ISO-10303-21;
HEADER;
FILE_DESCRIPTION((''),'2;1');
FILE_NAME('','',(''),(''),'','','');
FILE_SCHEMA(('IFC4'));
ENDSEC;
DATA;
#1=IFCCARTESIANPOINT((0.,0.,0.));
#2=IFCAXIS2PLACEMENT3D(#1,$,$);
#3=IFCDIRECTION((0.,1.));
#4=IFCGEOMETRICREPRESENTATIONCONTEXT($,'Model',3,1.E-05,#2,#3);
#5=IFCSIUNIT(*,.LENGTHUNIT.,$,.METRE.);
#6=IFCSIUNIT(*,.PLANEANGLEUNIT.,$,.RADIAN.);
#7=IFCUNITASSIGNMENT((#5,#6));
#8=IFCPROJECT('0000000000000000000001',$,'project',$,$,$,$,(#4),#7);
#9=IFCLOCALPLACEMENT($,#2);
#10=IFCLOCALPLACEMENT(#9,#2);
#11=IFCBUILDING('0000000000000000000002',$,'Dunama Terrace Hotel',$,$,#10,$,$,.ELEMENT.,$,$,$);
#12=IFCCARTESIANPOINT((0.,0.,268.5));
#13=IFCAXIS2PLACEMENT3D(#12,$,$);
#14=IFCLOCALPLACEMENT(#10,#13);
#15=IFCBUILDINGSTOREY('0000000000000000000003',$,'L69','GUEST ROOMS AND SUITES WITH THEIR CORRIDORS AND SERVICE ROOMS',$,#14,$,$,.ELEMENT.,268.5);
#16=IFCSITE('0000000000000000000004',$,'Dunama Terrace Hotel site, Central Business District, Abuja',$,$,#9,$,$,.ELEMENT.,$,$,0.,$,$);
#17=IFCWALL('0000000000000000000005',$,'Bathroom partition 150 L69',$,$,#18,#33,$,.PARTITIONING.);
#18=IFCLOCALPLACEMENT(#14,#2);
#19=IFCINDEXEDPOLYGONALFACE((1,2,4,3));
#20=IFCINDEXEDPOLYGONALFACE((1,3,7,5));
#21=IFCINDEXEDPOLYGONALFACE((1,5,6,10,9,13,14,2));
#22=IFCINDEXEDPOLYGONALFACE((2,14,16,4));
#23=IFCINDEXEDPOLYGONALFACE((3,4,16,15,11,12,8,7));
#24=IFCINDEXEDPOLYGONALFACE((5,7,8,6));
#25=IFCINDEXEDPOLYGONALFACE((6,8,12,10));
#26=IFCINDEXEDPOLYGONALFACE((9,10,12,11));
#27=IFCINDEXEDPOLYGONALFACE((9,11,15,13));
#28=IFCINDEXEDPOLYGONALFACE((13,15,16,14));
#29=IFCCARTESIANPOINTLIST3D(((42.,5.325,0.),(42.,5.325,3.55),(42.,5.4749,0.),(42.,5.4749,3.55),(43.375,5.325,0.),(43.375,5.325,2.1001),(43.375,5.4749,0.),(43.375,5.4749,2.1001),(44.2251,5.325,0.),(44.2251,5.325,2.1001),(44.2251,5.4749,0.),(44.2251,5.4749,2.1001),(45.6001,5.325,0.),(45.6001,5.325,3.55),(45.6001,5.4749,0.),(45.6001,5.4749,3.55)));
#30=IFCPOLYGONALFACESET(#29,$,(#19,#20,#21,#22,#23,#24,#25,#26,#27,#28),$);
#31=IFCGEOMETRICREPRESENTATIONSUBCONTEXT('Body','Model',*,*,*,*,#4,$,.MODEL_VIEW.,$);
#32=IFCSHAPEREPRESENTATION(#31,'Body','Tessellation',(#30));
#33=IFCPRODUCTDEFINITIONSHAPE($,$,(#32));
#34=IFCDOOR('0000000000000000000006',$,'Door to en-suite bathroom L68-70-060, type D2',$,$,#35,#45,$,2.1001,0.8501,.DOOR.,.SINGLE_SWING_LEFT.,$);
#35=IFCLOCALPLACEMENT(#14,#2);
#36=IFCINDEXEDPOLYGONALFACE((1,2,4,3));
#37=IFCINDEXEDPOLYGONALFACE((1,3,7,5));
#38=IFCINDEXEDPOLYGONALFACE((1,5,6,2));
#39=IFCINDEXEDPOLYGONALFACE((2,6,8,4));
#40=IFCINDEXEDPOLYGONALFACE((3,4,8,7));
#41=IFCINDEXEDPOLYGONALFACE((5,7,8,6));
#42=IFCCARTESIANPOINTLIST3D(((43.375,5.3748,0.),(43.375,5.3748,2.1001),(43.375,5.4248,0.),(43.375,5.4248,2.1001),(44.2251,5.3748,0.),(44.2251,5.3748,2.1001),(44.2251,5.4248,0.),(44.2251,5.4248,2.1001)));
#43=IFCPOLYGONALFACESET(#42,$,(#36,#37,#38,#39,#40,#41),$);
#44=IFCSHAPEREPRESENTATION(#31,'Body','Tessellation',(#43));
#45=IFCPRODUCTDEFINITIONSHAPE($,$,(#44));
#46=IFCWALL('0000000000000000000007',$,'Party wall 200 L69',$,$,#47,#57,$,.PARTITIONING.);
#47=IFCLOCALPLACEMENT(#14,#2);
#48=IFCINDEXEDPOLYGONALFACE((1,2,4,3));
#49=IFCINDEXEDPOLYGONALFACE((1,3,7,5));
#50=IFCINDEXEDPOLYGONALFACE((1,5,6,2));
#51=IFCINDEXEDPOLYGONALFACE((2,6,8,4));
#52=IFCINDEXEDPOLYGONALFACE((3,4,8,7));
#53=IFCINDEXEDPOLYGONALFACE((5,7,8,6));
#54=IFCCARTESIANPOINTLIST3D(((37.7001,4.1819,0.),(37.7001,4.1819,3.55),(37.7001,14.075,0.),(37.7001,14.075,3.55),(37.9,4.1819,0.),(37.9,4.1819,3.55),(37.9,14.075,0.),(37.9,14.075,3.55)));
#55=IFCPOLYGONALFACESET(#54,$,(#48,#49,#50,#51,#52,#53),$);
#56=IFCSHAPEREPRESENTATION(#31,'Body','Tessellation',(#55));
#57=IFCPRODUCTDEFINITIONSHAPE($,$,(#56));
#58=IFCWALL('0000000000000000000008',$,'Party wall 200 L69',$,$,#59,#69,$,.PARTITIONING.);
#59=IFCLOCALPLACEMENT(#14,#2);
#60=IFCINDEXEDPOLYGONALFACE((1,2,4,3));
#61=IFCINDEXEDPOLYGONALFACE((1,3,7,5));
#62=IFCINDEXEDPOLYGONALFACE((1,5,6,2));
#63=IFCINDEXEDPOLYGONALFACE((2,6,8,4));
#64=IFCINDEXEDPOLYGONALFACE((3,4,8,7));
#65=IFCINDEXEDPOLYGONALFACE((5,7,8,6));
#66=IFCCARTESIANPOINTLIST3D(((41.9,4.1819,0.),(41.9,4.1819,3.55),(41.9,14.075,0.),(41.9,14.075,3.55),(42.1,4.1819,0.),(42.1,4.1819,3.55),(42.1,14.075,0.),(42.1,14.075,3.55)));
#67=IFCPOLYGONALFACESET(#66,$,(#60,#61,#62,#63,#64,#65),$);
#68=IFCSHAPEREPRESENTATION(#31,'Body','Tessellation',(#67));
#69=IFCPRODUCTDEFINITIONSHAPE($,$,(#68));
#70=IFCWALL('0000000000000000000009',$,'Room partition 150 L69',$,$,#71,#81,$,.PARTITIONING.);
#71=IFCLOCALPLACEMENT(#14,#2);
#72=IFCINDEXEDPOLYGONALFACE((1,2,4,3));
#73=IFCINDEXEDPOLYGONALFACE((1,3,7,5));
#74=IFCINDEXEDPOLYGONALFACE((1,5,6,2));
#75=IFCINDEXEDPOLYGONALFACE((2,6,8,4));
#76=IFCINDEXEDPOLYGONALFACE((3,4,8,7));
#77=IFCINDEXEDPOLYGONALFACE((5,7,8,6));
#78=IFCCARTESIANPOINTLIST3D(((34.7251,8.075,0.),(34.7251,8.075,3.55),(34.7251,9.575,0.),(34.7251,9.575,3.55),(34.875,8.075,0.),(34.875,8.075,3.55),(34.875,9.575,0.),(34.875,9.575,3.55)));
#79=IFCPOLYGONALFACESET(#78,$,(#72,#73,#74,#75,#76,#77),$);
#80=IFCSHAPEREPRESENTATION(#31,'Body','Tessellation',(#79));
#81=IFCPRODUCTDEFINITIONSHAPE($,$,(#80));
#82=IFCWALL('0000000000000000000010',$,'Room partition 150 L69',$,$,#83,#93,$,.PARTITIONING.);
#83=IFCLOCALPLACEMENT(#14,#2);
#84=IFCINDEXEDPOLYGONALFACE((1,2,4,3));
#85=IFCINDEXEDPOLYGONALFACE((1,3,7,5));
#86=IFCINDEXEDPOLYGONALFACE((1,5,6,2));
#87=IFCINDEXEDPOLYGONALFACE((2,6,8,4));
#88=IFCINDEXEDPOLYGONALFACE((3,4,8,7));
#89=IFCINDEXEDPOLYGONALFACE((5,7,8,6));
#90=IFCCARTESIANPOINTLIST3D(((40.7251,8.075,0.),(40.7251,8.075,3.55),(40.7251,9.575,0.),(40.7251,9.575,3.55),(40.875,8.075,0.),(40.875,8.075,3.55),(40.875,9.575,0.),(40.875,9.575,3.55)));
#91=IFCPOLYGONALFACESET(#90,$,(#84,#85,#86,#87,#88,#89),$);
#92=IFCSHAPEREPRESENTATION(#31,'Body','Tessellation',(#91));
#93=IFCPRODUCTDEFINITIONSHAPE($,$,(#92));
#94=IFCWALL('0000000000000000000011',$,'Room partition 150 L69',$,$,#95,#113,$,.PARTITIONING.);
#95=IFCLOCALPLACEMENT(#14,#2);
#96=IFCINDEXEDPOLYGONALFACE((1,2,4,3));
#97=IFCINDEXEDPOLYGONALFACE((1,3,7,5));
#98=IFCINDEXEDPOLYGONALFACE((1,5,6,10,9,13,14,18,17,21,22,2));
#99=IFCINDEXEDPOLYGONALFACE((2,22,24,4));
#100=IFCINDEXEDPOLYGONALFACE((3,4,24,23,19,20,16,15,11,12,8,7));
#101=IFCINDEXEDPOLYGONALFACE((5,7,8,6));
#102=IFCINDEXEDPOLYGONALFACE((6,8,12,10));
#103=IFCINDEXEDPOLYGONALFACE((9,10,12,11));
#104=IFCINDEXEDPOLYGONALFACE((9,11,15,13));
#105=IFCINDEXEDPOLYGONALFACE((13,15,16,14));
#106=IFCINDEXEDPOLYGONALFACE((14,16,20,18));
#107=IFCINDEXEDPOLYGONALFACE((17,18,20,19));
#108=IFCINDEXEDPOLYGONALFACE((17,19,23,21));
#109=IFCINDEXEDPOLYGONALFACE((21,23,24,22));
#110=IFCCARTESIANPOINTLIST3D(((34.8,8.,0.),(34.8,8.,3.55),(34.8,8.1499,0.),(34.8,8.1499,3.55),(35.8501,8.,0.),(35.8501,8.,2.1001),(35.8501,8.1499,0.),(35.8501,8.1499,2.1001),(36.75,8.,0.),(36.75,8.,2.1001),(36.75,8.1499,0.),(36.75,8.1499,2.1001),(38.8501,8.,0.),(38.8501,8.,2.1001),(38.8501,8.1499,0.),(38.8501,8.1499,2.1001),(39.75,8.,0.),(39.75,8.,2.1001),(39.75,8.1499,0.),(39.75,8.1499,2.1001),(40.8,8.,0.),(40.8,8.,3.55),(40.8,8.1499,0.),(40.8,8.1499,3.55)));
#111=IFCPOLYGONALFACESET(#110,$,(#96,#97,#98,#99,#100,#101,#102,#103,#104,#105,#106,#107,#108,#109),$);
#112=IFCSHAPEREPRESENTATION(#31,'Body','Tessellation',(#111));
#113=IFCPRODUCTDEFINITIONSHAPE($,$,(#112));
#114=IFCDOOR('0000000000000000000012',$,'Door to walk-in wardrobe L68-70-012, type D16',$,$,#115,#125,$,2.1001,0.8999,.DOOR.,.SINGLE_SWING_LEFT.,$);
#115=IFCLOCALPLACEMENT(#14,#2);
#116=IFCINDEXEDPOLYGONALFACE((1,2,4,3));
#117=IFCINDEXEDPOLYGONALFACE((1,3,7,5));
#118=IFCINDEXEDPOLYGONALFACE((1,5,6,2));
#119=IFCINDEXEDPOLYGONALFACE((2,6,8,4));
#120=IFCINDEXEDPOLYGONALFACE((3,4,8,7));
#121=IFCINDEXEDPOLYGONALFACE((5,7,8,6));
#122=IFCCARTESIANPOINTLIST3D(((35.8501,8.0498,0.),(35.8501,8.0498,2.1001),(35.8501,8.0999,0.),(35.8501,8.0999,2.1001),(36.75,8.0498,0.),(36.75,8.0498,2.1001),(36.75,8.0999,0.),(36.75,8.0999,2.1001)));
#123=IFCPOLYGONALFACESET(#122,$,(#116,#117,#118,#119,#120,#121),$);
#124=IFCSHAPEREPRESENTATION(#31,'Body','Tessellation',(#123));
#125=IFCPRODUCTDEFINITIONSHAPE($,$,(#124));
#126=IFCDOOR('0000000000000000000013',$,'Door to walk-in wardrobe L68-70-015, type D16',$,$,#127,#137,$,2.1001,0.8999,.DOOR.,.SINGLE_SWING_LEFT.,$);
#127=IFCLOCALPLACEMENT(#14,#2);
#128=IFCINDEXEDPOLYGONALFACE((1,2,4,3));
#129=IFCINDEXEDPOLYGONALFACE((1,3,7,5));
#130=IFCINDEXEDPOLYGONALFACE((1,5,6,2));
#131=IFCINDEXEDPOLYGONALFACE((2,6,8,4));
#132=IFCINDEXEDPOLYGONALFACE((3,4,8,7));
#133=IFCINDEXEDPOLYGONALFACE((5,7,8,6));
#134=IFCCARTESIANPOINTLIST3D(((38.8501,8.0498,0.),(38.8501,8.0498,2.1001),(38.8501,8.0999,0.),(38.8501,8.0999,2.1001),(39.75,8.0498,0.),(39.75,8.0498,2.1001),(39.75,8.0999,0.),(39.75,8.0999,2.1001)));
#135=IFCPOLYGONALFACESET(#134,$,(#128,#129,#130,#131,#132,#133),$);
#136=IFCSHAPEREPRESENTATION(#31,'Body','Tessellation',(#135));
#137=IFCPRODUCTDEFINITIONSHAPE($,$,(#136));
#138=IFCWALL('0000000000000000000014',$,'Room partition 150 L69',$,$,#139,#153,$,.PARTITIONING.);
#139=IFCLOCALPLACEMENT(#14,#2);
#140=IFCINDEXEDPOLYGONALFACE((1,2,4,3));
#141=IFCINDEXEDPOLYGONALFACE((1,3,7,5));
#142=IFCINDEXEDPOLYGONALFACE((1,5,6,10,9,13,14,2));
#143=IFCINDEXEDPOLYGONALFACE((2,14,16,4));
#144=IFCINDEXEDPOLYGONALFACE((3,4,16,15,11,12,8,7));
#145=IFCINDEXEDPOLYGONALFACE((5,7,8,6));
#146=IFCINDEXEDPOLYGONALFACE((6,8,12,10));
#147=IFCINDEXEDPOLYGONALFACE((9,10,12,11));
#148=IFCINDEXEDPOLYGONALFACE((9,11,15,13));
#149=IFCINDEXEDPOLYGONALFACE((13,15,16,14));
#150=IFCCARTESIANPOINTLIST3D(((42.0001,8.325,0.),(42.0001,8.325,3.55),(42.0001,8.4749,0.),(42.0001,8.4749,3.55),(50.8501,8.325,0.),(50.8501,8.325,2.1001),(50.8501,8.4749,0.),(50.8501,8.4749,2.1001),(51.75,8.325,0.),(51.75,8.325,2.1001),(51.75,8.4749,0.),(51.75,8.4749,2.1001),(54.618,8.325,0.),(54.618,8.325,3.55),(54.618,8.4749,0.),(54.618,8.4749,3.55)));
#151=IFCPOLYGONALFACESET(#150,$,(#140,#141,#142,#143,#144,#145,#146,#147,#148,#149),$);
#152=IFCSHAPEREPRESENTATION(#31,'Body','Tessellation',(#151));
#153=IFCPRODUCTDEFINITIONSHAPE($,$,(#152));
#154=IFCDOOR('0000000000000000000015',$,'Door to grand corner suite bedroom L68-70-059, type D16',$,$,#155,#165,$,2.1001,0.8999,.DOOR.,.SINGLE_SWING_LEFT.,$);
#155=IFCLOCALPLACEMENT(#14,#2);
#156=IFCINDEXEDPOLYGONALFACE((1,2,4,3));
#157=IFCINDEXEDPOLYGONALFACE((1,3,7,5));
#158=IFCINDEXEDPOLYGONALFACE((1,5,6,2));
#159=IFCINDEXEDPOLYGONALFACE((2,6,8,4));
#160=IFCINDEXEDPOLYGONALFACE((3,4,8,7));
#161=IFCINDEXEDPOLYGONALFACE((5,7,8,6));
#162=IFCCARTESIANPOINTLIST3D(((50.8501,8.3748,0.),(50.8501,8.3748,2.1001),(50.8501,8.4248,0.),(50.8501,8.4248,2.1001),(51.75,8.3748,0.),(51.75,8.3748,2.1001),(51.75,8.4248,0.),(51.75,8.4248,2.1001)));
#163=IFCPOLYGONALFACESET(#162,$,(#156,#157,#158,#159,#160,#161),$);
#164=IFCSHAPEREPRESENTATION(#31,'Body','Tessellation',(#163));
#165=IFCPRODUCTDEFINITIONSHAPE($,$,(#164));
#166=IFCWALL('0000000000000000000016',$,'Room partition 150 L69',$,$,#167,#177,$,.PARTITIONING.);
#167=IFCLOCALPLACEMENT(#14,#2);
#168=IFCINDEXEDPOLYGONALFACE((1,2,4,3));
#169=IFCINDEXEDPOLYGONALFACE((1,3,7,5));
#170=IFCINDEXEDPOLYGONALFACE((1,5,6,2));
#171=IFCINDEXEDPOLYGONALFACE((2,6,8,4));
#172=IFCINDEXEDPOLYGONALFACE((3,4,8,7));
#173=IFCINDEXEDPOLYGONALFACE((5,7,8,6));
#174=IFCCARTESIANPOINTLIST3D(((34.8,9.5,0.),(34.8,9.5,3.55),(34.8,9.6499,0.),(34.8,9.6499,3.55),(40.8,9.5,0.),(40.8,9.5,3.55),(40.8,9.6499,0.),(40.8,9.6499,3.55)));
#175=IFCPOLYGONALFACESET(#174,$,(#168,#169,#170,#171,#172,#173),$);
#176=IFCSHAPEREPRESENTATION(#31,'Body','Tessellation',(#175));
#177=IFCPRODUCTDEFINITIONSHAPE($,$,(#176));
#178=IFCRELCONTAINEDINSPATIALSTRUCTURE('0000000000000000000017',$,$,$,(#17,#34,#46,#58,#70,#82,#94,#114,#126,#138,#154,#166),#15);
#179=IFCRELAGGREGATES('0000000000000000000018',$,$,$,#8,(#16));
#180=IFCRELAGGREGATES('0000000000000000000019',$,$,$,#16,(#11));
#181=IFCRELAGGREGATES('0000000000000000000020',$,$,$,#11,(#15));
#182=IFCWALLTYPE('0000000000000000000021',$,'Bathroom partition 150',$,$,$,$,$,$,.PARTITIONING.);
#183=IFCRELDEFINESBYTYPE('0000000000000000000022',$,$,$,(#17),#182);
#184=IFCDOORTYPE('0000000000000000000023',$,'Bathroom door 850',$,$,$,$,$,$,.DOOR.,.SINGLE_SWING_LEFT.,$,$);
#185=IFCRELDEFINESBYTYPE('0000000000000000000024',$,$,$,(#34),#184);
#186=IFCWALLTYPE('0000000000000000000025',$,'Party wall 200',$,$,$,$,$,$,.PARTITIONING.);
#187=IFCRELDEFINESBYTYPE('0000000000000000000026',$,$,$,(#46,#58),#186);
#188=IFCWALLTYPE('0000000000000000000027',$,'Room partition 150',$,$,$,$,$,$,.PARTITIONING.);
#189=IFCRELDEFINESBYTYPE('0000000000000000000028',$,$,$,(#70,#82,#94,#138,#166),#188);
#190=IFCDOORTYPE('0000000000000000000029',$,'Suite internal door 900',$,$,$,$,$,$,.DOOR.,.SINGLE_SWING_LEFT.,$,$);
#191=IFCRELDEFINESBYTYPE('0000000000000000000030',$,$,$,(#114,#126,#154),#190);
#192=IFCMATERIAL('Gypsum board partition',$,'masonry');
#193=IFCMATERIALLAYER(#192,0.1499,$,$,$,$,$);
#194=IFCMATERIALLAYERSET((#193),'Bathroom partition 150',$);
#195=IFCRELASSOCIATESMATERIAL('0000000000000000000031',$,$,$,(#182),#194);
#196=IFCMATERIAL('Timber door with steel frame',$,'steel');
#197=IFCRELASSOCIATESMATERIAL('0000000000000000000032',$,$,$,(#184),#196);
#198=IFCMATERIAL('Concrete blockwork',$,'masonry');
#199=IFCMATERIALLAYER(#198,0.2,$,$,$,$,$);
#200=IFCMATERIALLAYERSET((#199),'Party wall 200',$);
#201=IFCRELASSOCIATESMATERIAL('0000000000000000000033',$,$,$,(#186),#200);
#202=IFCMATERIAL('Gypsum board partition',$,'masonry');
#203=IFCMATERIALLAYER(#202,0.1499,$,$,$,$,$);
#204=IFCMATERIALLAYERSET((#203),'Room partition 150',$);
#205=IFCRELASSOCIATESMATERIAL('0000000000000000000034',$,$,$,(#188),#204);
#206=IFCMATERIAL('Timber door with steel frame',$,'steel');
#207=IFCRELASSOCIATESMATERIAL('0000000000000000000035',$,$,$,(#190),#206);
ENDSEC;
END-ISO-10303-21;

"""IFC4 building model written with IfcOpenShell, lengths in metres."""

from ifc_helpers import new_model, si_unit, direction, frame, frame_2d, origin, place, context, subcontext, project, spatial, rectangle, extrude, material, layer, layer_set, type_object, element, fill, save


model = new_model("IFC4")

# Units and contexts
model_context = context("Model", 3, precision=1e-05, world=origin(), true_north=direction((0.0, 1.0)))
body_context = subcontext(model_context, "Body", "Model", "MODEL_VIEW")
ifc_project = project(units=[si_unit("LENGTHUNIT", "METRE"), si_unit("PLANEANGLEUNIT", "RADIAN")], contexts=[model_context])

# Site, building, storey
site_placement = place(None, origin())
site = spatial("IfcSite", under=ifc_project, at=site_placement, Name="Dunama Terrace Hotel site, Central Business District, Abuja", CompositionType="ELEMENT", RefElevation=0.0)
building_placement = place(site_placement, origin())
building = spatial("IfcBuilding", under=site, at=building_placement, Name="Dunama Terrace Hotel", CompositionType="ELEMENT")
storey_placement = place(building_placement, frame((0.0, 0.0, 268.5)))
storey = spatial("IfcBuildingStorey", under=building, at=storey_placement, Name="L69", Description="GUEST ROOMS AND SUITES WITH THEIR CORRIDORS AND SERVICE ROOMS", CompositionType="ELEMENT", Elevation=268.5)

# Shared definitions
ifc_material_1 = material(Name="Gypsum board partition", Category="masonry")
ifc_layer_1 = layer(ifc_material_1, 0.1499)
ifc_layer_set_1 = layer_set([ifc_layer_1], Name="Bathroom partition 150")
wall_type_1 = type_object("IfcWallType", Name="Bathroom partition 150", PredefinedType="PARTITIONING", material=ifc_layer_set_1)

# Wall, opening, door
wall_1_placement = place(storey_placement, frame((42.0, 5.3999, 0.0), z_axis=(0.0, 0.0, 1.0), x_axis=(1.0, 0.0, 0.0)))
wall_1 = element("IfcWall", 1, at=wall_1_placement, inside=storey, type_object=wall_type_1, Name="Bathroom partition 150 L69", PredefinedType="PARTITIONING", context=body_context, shape_type="SweptSolid", body=[
    extrude(rectangle(XDim=3.6001, YDim=0.1499, at=frame_2d((1.8, 0.0))), origin(), (0.0, 0.0, 1.0), 3.55),
])
opening_1_placement = place(wall_1_placement, frame((1.375, 0.0, 0.0)))
opening_1 = element("IfcOpeningElement", 2, at=opening_1_placement, cuts=wall_1, PredefinedType="OPENING", context=body_context, shape_type="SweptSolid", body=[
    extrude(rectangle(XDim=0.8501, YDim=2.1001, at=frame_2d((0.425, 1.05))), frame((0.0, 0.085, 0.0), z_axis=(0.0, -1.0, 0.0), x_axis=(1.0, 0.0, 0.0)), (0.0, 0.0, 1.0), 0.1699),
])
ifc_material_2 = material(Name="Timber door with steel frame", Category="steel")
door_type_1 = type_object("IfcDoorType", Name="Bathroom door 850", OperationType="SINGLE_SWING_LEFT", PredefinedType="DOOR", material=ifc_material_2)
door_1_placement = place(opening_1_placement, origin())
door_1 = element("IfcDoor", 3, at=door_1_placement, inside=storey, type_object=door_type_1, Name="Door to en-suite bathroom L68-70-060, type D2", OperationType="SINGLE_SWING_LEFT", OverallHeight=2.1001, OverallWidth=0.8501, PredefinedType="DOOR", context=body_context, shape_type="SweptSolid", body=[
    extrude(rectangle(XDim=0.8501, YDim=2.1001, at=frame_2d((0.425, 1.05))), frame((0.0, 0.0249, 0.0), z_axis=(0.0, -1.0, 0.0), x_axis=(1.0, 0.0, 0.0)), (0.0, 0.0, 1.0), 0.05),
])
fill(opening_1, door_1)

# Walls
ifc_material_3 = material(Name="Concrete blockwork", Category="masonry")
ifc_layer_2 = layer(ifc_material_3, 0.2)
ifc_layer_set_2 = layer_set([ifc_layer_2], Name="Party wall 200")
wall_type_2 = type_object("IfcWallType", Name="Party wall 200", PredefinedType="PARTITIONING", material=ifc_layer_set_2)
for number, where, z_axis, x_axis, name in (
    (4, (37.8, 4.1819, 0.0), (0.0, 0.0, 1.0), (0.0, 1.0, 0.0), "Party wall 200 L69"),
    (5, (42.0, 4.1819, 0.0), (0.0, 0.0, 1.0), (0.0, 1.0, 0.0), "Party wall 200 L69"),
):
    element("IfcWall", number, at=place(storey_placement, frame(where, z_axis=z_axis, x_axis=x_axis)), inside=storey, type_object=wall_type_2, Name=name, PredefinedType="PARTITIONING", context=body_context, shape_type="SweptSolid", body=[
        extrude(rectangle(XDim=9.8931, YDim=0.2, at=frame_2d((4.9465, 0.0))), origin(), (0.0, 0.0, 1.0), 3.55),
    ])
ifc_material_4 = material(Name="Gypsum board partition", Category="masonry")
ifc_layer_3 = layer(ifc_material_4, 0.1499)
ifc_layer_set_3 = layer_set([ifc_layer_3], Name="Room partition 150")
wall_type_3 = type_object("IfcWallType", Name="Room partition 150", PredefinedType="PARTITIONING", material=ifc_layer_set_3)
for number, where, z_axis, x_axis, name in (
    (6, (34.8, 8.075, 0.0), (0.0, 0.0, 1.0), (0.0, 1.0, 0.0), "Room partition 150 L69"),
    (7, (40.8, 8.075, 0.0), (0.0, 0.0, 1.0), (0.0, 1.0, 0.0), "Room partition 150 L69"),
):
    element("IfcWall", number, at=place(storey_placement, frame(where, z_axis=z_axis, x_axis=x_axis)), inside=storey, type_object=wall_type_3, Name=name, PredefinedType="PARTITIONING", context=body_context, shape_type="SweptSolid", body=[
        extrude(rectangle(XDim=1.5, YDim=0.1499, at=frame_2d((0.75, 0.0))), origin(), (0.0, 0.0, 1.0), 3.55),
    ])

# Wall, openings, doors
wall_2_placement = place(storey_placement, frame((34.8, 8.075, 0.0), z_axis=(0.0, 0.0, 1.0), x_axis=(1.0, 0.0, 0.0)))
wall_2 = element("IfcWall", 8, at=wall_2_placement, inside=storey, type_object=wall_type_3, Name="Room partition 150 L69", PredefinedType="PARTITIONING", context=body_context, shape_type="SweptSolid", body=[
    extrude(rectangle(XDim=6.0, YDim=0.1499, at=frame_2d((3.0, 0.0))), origin(), (0.0, 0.0, 1.0), 3.55),
])
opening_2_placement = place(wall_2_placement, frame((1.05, 0.0, 0.0)))
opening_2 = element("IfcOpeningElement", 9, at=opening_2_placement, cuts=wall_2, PredefinedType="OPENING", context=body_context, shape_type="SweptSolid", body=[
    extrude(rectangle(XDim=0.8999, YDim=2.1001, at=frame_2d((0.45, 1.05))), frame((0.0, 0.085, 0.0), z_axis=(0.0, -1.0, 0.0), x_axis=(1.0, 0.0, 0.0)), (0.0, 0.0, 1.0), 0.1699),
])
opening_3_placement = place(wall_2_placement, frame((4.05, 0.0, 0.0)))
opening_3 = element("IfcOpeningElement", 10, at=opening_3_placement, cuts=wall_2, PredefinedType="OPENING", context=body_context, shape_type="SweptSolid", body=[
    extrude(rectangle(XDim=0.8999, YDim=2.1001, at=frame_2d((0.45, 1.05))), frame((0.0, 0.085, 0.0), z_axis=(0.0, -1.0, 0.0), x_axis=(1.0, 0.0, 0.0)), (0.0, 0.0, 1.0), 0.1699),
])
ifc_material_5 = material(Name="Timber door with steel frame", Category="steel")
door_type_2 = type_object("IfcDoorType", Name="Suite internal door 900", OperationType="SINGLE_SWING_LEFT", PredefinedType="DOOR", material=ifc_material_5)
door_2_placement = place(opening_2_placement, origin())
door_2 = element("IfcDoor", 11, at=door_2_placement, inside=storey, type_object=door_type_2, Name="Door to walk-in wardrobe L68-70-012, type D16", OperationType="SINGLE_SWING_LEFT", OverallHeight=2.1001, OverallWidth=0.8999, PredefinedType="DOOR", context=body_context, shape_type="SweptSolid", body=[
    extrude(rectangle(XDim=0.8999, YDim=2.1001, at=frame_2d((0.45, 1.05))), frame((0.0, 0.0249, 0.0), z_axis=(0.0, -1.0, 0.0), x_axis=(1.0, 0.0, 0.0)), (0.0, 0.0, 1.0), 0.05),
])
fill(opening_2, door_2)
door_3_placement = place(opening_3_placement, origin())
door_3 = element("IfcDoor", 12, at=door_3_placement, inside=storey, type_object=door_type_2, Name="Door to walk-in wardrobe L68-70-015, type D16", OperationType="SINGLE_SWING_LEFT", OverallHeight=2.1001, OverallWidth=0.8999, PredefinedType="DOOR", context=body_context, shape_type="SweptSolid", body=[
    extrude(rectangle(XDim=0.8999, YDim=2.1001, at=frame_2d((0.45, 1.05))), frame((0.0, 0.0249, 0.0), z_axis=(0.0, -1.0, 0.0), x_axis=(1.0, 0.0, 0.0)), (0.0, 0.0, 1.0), 0.05),
])
fill(opening_3, door_3)

# Wall, opening, door
wall_3_placement = place(storey_placement, frame((42.0, 8.3999, 0.0), z_axis=(0.0, 0.0, 1.0), x_axis=(1.0, 0.0, 0.0)))
wall_3 = element("IfcWall", 13, at=wall_3_placement, inside=storey, type_object=wall_type_3, Name="Room partition 150 L69", PredefinedType="PARTITIONING", context=body_context, shape_type="SweptSolid", body=[
    extrude(rectangle(XDim=12.6179, YDim=0.1499, at=frame_2d((6.3091, 0.0))), origin(), (0.0, 0.0, 1.0), 3.55),
])
opening_4_placement = place(wall_3_placement, frame((8.8501, 0.0, 0.0)))
opening_4 = element("IfcOpeningElement", 14, at=opening_4_placement, cuts=wall_3, PredefinedType="OPENING", context=body_context, shape_type="SweptSolid", body=[
    extrude(rectangle(XDim=0.8999, YDim=2.1001, at=frame_2d((0.45, 1.05))), frame((0.0, 0.085, 0.0), z_axis=(0.0, -1.0, 0.0), x_axis=(1.0, 0.0, 0.0)), (0.0, 0.0, 1.0), 0.1699),
])
door_4_placement = place(opening_4_placement, frame((0.8999, 0.0, 0.0), z_axis=(0.0, 0.0, 1.0), x_axis=(-1.0, 0.0, 0.0)))
door_4 = element("IfcDoor", 15, at=door_4_placement, inside=storey, type_object=door_type_2, Name="Door to grand corner suite bedroom L68-70-059, type D16", OperationType="SINGLE_SWING_LEFT", OverallHeight=2.1001, OverallWidth=0.8999, PredefinedType="DOOR", context=body_context, shape_type="SweptSolid", body=[
    extrude(rectangle(XDim=0.8999, YDim=2.1001, at=frame_2d((0.45, 1.05))), frame((0.0, 0.0251, 0.0), z_axis=(0.0, -1.0, 0.0), x_axis=(1.0, 0.0, 0.0)), (0.0, 0.0, 1.0), 0.05),
])
fill(opening_4, door_4)

# Wall
wall_4_placement = place(storey_placement, frame((34.8, 9.575, 0.0), z_axis=(0.0, 0.0, 1.0), x_axis=(1.0, 0.0, 0.0)))
element("IfcWall", 16, at=wall_4_placement, inside=storey, type_object=wall_type_3, Name="Room partition 150 L69", PredefinedType="PARTITIONING", context=body_context, shape_type="SweptSolid", body=[
    extrude(rectangle(XDim=6.0, YDim=0.1499, at=frame_2d((3.0, 0.0))), origin(), (0.0, 0.0, 1.0), 3.55),
])

save(model, "model.ifc")
